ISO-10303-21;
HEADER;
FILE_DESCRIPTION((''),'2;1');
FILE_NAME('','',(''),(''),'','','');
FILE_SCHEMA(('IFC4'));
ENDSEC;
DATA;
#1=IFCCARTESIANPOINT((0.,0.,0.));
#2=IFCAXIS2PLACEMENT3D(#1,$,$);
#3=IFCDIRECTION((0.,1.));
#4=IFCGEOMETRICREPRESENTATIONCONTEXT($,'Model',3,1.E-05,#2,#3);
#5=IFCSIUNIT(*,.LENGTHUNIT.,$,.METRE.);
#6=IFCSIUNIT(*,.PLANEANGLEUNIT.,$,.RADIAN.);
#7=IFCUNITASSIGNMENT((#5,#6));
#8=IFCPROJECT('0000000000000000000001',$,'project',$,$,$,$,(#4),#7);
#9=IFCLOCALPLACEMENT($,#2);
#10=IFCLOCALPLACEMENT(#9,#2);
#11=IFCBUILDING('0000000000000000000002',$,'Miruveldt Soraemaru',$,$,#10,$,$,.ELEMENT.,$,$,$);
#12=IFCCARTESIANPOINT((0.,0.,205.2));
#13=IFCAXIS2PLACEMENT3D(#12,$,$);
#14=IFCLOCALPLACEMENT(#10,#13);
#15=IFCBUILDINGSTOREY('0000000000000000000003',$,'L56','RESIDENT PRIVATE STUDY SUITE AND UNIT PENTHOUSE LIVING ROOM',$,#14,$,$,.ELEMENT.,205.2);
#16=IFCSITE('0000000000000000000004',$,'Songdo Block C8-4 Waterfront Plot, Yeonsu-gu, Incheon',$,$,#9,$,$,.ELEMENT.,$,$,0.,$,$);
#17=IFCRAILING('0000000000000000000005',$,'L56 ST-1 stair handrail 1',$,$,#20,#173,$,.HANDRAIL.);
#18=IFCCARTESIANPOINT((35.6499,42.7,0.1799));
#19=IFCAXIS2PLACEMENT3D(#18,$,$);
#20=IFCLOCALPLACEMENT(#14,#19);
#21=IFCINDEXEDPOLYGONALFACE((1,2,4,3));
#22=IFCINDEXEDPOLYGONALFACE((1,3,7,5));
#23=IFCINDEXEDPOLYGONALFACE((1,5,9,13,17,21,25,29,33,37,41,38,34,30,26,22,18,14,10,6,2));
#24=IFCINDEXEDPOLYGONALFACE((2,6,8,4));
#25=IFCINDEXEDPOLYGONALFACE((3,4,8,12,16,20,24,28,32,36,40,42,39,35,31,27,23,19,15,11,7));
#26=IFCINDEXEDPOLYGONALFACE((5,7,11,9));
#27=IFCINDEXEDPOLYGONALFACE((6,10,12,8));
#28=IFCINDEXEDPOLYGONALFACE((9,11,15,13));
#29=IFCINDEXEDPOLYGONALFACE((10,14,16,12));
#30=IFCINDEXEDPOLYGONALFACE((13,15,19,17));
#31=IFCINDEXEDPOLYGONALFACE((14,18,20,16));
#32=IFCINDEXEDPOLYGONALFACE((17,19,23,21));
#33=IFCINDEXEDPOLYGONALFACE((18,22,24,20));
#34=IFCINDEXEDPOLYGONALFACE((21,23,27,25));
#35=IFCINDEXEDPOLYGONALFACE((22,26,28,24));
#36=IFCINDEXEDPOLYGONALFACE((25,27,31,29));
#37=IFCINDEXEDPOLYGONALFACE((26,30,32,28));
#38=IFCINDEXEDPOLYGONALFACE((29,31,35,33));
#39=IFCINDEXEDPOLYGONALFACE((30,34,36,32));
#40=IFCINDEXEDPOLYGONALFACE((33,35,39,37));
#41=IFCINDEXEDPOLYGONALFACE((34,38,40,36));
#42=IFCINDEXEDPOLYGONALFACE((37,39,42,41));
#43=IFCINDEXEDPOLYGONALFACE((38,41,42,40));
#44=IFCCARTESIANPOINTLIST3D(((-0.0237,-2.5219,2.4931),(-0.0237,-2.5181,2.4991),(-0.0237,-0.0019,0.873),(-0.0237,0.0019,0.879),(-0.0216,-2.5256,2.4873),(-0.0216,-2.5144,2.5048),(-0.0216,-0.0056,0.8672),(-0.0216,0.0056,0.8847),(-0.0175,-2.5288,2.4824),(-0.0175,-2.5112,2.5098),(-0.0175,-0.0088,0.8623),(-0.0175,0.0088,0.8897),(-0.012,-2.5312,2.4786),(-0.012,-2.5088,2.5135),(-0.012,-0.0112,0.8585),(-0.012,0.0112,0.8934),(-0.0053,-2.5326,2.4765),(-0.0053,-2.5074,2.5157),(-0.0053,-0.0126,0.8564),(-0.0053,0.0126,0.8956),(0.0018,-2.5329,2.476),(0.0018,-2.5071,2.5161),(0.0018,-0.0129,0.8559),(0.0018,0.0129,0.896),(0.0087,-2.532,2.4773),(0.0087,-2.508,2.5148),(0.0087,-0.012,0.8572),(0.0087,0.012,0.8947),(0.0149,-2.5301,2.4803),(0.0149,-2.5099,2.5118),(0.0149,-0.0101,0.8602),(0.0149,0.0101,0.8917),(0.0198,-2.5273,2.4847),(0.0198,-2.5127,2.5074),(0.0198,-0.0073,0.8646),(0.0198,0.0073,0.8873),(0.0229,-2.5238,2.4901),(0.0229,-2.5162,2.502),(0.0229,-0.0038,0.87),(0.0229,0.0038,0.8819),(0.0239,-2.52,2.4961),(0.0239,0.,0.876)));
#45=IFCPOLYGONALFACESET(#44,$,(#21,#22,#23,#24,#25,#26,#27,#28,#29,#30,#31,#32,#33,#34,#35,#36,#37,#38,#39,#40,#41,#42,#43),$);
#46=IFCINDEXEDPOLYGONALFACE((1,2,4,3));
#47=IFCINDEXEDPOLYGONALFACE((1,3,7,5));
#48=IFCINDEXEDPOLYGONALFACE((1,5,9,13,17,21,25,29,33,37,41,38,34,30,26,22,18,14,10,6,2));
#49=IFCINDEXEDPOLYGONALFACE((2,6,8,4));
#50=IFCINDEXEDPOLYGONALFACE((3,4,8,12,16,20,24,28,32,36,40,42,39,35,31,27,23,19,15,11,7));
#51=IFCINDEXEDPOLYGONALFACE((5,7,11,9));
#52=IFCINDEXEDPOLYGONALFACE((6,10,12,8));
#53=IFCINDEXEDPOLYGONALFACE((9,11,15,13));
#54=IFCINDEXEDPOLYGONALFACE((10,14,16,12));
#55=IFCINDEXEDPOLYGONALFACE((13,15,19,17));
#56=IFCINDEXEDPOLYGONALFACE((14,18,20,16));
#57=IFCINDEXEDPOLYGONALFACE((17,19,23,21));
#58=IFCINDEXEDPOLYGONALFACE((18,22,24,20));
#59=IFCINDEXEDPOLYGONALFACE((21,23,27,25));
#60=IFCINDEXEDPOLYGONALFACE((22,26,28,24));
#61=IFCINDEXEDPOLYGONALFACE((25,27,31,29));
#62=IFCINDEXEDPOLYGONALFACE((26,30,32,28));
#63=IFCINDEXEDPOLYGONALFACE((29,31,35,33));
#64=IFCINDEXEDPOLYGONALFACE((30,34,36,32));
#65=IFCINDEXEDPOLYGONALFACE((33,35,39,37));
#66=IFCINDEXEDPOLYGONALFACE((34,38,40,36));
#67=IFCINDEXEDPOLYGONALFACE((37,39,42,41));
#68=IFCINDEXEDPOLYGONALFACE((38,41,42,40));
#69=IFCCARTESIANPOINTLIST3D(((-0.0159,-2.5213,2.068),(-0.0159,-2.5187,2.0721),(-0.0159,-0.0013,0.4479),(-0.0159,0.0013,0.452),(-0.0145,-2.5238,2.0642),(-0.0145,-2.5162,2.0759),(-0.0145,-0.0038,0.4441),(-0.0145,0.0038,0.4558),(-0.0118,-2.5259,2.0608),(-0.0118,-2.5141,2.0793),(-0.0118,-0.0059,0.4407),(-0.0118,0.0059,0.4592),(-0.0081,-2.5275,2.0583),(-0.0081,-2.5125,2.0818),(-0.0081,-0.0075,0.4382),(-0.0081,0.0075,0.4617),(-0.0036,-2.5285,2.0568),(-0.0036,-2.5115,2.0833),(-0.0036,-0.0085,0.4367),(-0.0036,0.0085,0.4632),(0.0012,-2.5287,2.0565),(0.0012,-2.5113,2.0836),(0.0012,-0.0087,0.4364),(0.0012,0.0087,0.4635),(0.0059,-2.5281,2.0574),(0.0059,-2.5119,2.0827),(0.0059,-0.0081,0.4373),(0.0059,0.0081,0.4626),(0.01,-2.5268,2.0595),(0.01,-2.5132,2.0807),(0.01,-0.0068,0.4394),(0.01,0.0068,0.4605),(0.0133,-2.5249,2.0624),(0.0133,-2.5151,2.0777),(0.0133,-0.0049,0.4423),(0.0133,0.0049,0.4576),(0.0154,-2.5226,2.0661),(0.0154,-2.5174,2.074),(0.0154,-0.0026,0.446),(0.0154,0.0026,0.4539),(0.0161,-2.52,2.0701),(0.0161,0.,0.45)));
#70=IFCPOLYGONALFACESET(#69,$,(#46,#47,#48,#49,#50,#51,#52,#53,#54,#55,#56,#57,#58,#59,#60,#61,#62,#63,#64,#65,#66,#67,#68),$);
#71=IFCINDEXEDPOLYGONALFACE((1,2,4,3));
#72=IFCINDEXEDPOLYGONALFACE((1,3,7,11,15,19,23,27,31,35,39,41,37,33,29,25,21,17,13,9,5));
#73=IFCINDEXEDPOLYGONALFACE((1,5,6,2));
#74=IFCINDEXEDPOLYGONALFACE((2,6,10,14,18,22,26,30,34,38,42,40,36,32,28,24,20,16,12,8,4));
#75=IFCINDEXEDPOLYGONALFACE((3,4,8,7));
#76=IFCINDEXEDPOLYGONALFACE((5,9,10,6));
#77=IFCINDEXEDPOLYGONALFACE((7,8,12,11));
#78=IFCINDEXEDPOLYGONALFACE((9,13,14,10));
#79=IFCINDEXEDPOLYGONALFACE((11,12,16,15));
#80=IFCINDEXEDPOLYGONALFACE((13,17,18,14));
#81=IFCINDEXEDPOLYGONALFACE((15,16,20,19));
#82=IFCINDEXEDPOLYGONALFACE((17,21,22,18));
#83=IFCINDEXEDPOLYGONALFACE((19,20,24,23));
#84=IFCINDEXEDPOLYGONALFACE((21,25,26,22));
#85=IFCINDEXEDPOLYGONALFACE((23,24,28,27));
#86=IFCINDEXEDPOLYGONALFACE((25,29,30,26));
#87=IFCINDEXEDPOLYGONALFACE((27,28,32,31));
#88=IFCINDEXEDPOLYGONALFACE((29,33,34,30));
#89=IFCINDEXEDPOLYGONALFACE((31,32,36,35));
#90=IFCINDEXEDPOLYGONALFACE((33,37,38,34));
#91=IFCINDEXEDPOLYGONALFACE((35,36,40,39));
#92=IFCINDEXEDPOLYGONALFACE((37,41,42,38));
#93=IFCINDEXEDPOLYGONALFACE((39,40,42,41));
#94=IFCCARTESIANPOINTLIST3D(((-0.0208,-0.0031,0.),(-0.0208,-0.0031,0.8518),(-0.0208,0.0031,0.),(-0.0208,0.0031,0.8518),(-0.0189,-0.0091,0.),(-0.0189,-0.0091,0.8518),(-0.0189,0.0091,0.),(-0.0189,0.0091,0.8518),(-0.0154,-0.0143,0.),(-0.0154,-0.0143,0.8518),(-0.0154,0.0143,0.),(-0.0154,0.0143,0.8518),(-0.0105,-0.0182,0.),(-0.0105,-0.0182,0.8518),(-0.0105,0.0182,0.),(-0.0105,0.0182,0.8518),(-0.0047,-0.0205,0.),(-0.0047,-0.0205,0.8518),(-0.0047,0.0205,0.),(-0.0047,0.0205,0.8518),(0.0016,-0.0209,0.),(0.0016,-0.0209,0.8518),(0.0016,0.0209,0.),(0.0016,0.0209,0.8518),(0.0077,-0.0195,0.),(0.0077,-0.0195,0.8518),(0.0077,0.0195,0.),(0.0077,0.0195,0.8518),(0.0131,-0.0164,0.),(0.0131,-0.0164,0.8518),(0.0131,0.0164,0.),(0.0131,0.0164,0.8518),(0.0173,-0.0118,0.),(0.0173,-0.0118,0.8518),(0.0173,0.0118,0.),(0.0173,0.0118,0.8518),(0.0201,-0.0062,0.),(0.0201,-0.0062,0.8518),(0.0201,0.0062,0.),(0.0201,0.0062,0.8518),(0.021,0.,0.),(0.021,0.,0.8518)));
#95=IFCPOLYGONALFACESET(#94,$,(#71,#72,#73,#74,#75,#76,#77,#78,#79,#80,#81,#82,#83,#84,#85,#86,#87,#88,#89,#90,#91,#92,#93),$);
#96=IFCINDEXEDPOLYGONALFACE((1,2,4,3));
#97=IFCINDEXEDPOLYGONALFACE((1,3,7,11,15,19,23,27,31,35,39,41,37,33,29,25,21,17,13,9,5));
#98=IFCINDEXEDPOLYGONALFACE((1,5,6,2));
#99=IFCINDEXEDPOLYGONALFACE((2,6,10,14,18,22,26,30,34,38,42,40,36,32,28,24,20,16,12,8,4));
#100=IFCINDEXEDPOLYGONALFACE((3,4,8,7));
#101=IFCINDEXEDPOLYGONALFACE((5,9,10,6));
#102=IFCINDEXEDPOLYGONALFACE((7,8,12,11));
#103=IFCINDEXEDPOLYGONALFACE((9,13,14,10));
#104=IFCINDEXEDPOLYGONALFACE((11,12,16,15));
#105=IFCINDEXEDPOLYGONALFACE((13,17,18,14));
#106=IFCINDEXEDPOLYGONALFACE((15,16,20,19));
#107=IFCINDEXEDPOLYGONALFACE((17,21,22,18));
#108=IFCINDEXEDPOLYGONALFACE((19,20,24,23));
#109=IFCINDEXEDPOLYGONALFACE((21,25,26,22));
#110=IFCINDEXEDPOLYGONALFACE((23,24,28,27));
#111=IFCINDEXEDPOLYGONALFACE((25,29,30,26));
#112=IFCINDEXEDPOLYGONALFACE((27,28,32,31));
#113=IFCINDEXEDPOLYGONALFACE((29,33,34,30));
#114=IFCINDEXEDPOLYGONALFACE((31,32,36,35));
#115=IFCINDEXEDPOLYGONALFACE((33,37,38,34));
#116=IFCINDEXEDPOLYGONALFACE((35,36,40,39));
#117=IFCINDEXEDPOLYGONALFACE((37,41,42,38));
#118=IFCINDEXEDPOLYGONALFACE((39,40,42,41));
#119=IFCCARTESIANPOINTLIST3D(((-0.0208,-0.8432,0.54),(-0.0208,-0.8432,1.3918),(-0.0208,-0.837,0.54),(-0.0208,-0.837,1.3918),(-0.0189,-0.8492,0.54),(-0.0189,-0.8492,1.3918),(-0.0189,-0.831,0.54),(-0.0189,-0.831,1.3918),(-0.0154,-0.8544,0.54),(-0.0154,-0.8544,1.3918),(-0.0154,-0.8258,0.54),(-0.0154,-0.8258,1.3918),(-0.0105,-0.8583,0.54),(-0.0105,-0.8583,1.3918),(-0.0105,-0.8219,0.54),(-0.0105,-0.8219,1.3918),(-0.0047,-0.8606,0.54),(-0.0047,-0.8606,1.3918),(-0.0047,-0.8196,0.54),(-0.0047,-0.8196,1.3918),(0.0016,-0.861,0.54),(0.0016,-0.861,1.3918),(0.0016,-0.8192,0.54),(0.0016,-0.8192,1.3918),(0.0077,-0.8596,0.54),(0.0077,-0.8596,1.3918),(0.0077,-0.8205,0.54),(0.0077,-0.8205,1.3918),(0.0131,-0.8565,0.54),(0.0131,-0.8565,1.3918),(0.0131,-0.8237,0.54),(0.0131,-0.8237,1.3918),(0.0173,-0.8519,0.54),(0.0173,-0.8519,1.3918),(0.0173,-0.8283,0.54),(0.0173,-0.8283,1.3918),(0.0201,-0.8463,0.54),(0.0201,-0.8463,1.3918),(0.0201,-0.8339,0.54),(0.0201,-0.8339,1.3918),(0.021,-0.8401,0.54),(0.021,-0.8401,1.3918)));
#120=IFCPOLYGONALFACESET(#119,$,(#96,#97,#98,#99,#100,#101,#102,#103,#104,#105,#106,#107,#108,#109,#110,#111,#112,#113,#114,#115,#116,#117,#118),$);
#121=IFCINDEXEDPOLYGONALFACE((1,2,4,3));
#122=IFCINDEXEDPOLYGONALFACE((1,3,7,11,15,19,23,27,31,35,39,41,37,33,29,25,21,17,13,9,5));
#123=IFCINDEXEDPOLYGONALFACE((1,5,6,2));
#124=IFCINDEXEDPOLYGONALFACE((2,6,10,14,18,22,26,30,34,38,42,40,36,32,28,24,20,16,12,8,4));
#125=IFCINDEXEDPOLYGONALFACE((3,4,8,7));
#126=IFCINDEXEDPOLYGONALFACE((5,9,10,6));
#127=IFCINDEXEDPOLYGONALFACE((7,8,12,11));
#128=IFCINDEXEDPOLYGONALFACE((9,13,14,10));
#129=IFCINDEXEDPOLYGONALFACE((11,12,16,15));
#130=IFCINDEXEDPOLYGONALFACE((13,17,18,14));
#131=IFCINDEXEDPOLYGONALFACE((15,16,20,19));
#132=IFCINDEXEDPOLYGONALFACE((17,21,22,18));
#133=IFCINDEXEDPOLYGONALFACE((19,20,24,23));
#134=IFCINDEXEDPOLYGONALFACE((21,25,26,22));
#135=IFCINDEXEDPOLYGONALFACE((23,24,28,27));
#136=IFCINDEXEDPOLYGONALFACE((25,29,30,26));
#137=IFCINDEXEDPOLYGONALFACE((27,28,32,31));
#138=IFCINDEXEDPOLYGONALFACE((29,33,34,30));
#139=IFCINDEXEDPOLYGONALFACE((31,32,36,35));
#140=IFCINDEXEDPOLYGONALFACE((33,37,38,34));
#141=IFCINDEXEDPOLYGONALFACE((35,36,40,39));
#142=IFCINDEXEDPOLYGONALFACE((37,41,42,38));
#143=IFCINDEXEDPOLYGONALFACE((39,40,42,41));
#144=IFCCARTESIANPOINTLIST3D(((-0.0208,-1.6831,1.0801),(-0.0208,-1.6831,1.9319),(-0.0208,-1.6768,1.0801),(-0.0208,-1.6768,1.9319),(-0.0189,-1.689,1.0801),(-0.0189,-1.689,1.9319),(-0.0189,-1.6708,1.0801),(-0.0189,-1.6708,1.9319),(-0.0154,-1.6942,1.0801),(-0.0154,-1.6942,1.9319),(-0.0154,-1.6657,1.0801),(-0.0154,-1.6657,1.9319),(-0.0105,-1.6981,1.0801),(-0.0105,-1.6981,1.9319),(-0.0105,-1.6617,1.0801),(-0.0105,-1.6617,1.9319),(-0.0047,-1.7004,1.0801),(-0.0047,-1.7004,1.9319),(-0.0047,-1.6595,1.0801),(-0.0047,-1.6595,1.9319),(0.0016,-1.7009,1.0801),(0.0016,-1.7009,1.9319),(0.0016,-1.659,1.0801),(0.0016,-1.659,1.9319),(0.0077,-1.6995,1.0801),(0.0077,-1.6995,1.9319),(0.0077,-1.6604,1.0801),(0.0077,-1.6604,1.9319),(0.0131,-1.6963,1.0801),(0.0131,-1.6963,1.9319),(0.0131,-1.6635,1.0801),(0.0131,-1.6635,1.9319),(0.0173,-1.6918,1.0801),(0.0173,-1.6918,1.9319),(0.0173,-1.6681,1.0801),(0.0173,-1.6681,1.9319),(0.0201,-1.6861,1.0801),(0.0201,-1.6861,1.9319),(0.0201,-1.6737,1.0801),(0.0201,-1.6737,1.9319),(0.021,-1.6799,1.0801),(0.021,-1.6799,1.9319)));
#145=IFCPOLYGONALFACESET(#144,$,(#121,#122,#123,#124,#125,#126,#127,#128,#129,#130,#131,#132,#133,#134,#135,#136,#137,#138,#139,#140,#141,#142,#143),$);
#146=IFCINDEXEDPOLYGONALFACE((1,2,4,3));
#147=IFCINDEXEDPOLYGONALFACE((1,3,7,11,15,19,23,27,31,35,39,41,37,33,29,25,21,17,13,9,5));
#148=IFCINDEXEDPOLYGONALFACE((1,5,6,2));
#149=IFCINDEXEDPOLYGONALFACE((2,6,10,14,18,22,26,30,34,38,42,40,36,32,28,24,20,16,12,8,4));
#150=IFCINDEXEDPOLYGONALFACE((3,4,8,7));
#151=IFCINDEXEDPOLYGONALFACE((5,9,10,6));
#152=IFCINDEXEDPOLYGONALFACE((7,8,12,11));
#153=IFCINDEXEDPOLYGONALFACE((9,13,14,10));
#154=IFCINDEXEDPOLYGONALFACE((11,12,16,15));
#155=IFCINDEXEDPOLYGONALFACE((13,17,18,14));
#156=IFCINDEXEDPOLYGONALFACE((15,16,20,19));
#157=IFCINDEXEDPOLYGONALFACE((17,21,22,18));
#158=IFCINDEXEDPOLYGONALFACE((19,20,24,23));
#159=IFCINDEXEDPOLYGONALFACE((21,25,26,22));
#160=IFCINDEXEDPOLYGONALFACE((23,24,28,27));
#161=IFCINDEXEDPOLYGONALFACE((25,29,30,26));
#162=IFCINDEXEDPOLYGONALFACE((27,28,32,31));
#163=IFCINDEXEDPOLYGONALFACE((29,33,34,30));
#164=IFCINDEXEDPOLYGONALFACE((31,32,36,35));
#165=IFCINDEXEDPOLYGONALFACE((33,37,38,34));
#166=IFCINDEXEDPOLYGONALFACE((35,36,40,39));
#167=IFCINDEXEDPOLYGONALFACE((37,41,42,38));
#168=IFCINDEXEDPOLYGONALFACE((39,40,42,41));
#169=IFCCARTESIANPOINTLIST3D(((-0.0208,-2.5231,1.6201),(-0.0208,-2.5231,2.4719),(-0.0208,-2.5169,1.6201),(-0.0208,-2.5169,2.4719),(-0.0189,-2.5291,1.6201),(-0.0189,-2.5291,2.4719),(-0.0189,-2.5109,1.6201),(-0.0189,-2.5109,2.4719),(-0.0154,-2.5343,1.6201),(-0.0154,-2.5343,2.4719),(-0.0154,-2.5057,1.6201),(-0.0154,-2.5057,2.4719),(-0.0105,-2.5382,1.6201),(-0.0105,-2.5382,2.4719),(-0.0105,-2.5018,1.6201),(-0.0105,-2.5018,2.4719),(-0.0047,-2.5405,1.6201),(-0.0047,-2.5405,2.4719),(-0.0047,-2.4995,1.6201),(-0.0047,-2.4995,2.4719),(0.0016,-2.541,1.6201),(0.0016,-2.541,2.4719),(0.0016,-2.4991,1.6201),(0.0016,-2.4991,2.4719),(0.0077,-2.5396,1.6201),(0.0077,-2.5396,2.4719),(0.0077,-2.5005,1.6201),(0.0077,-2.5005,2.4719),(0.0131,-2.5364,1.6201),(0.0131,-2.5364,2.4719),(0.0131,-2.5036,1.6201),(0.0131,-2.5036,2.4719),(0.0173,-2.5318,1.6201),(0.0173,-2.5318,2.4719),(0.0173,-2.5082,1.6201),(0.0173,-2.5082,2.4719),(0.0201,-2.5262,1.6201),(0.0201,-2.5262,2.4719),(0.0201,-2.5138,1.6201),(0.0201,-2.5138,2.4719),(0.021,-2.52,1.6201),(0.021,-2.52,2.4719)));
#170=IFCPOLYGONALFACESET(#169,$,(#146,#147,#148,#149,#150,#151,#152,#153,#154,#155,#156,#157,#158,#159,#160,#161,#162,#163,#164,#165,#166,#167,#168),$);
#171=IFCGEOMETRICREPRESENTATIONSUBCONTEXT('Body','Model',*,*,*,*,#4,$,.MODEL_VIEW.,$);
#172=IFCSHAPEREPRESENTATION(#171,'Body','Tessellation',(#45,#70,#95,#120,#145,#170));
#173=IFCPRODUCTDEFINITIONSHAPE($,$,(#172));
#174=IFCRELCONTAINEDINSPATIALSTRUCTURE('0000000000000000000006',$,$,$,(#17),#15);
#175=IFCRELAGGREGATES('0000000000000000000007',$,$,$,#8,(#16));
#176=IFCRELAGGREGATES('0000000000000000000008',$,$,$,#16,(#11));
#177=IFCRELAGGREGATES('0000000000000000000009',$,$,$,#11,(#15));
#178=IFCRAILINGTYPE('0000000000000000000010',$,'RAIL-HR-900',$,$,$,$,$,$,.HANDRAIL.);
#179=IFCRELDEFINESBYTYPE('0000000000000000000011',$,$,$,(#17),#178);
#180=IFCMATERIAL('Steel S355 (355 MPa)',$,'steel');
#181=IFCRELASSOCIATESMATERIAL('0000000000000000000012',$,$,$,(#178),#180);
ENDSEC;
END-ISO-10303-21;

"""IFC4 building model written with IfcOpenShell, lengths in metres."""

from ifc_helpers import new_model, si_unit, direction, frame, origin, origin_2d, place, context, subcontext, project, spatial, circle, extrude, material, type_object, element, save


model = new_model("IFC4")

# Units and contexts
model_context = context("Model", 3, precision=1e-05, world=origin(), true_north=direction((0.0, 1.0)))
body_context = subcontext(model_context, "Body", "Model", "MODEL_VIEW")
ifc_project = project(units=[si_unit("LENGTHUNIT", "METRE"), si_unit("PLANEANGLEUNIT", "RADIAN")], contexts=[model_context])

# Site, building, storey
site_placement = place(None, origin())
site = spatial("IfcSite", under=ifc_project, at=site_placement, Name="Songdo Block C8-4 Waterfront Plot, Yeonsu-gu, Incheon", CompositionType="ELEMENT", RefElevation=0.0)
building_placement = place(site_placement, origin())
building = spatial("IfcBuilding", under=site, at=building_placement, Name="Miruveldt Soraemaru", CompositionType="ELEMENT")
storey_placement = place(building_placement, frame((0.0, 0.0, 205.2)))
storey = spatial("IfcBuildingStorey", under=building, at=storey_placement, Name="L56", Description="RESIDENT PRIVATE STUDY SUITE AND UNIT PENTHOUSE LIVING ROOM", CompositionType="ELEMENT", Elevation=205.2)

# Railing
ifc_material_1 = material(Name="Steel S355 (355 MPa)", Category="steel")
railing_type_1 = type_object("IfcRailingType", Name="RAIL-HR-900", PredefinedType="HANDRAIL", material=ifc_material_1)
railing_1_placement = place(storey_placement, frame((35.6499, 42.7, 0.1799)))
element("IfcRailing", 1, at=railing_1_placement, inside=storey, type_object=railing_type_1, Name="L56 ST-1 stair handrail 1", PredefinedType="HANDRAIL", context=body_context, shape_type="SweptSolid", body=[
    extrude(circle(Radius=0.0239, at=origin_2d()), frame((0.0, 0.0, 0.876), z_axis=(0.0, -0.841163, 0.540782), x_axis=(1.0, 0.0, 0.0)), (0.0, 0.0, 1.0), 2.9958),
    extrude(circle(Radius=0.0161, at=origin_2d()), frame((0.0, 0.0, 0.45), z_axis=(0.0, -0.841163, 0.540782), x_axis=(1.0, 0.0, 0.0)), (0.0, 0.0, 1.0), 2.9958),
    extrude(circle(Radius=0.021, at=origin_2d()), origin(), (0.0, 0.0, 1.0), 0.8518),
    extrude(circle(Radius=0.021, at=origin_2d()), frame((0.0, -0.8401, 0.54)), (0.0, 0.0, 1.0), 0.8518),
    extrude(circle(Radius=0.021, at=origin_2d()), frame((0.0, -1.6799, 1.0801)), (0.0, 0.0, 1.0), 0.8518),
    extrude(circle(Radius=0.021, at=origin_2d()), frame((0.0, -2.52, 1.6201)), (0.0, 0.0, 1.0), 0.8518),
])

save(model, "model.ifc")
